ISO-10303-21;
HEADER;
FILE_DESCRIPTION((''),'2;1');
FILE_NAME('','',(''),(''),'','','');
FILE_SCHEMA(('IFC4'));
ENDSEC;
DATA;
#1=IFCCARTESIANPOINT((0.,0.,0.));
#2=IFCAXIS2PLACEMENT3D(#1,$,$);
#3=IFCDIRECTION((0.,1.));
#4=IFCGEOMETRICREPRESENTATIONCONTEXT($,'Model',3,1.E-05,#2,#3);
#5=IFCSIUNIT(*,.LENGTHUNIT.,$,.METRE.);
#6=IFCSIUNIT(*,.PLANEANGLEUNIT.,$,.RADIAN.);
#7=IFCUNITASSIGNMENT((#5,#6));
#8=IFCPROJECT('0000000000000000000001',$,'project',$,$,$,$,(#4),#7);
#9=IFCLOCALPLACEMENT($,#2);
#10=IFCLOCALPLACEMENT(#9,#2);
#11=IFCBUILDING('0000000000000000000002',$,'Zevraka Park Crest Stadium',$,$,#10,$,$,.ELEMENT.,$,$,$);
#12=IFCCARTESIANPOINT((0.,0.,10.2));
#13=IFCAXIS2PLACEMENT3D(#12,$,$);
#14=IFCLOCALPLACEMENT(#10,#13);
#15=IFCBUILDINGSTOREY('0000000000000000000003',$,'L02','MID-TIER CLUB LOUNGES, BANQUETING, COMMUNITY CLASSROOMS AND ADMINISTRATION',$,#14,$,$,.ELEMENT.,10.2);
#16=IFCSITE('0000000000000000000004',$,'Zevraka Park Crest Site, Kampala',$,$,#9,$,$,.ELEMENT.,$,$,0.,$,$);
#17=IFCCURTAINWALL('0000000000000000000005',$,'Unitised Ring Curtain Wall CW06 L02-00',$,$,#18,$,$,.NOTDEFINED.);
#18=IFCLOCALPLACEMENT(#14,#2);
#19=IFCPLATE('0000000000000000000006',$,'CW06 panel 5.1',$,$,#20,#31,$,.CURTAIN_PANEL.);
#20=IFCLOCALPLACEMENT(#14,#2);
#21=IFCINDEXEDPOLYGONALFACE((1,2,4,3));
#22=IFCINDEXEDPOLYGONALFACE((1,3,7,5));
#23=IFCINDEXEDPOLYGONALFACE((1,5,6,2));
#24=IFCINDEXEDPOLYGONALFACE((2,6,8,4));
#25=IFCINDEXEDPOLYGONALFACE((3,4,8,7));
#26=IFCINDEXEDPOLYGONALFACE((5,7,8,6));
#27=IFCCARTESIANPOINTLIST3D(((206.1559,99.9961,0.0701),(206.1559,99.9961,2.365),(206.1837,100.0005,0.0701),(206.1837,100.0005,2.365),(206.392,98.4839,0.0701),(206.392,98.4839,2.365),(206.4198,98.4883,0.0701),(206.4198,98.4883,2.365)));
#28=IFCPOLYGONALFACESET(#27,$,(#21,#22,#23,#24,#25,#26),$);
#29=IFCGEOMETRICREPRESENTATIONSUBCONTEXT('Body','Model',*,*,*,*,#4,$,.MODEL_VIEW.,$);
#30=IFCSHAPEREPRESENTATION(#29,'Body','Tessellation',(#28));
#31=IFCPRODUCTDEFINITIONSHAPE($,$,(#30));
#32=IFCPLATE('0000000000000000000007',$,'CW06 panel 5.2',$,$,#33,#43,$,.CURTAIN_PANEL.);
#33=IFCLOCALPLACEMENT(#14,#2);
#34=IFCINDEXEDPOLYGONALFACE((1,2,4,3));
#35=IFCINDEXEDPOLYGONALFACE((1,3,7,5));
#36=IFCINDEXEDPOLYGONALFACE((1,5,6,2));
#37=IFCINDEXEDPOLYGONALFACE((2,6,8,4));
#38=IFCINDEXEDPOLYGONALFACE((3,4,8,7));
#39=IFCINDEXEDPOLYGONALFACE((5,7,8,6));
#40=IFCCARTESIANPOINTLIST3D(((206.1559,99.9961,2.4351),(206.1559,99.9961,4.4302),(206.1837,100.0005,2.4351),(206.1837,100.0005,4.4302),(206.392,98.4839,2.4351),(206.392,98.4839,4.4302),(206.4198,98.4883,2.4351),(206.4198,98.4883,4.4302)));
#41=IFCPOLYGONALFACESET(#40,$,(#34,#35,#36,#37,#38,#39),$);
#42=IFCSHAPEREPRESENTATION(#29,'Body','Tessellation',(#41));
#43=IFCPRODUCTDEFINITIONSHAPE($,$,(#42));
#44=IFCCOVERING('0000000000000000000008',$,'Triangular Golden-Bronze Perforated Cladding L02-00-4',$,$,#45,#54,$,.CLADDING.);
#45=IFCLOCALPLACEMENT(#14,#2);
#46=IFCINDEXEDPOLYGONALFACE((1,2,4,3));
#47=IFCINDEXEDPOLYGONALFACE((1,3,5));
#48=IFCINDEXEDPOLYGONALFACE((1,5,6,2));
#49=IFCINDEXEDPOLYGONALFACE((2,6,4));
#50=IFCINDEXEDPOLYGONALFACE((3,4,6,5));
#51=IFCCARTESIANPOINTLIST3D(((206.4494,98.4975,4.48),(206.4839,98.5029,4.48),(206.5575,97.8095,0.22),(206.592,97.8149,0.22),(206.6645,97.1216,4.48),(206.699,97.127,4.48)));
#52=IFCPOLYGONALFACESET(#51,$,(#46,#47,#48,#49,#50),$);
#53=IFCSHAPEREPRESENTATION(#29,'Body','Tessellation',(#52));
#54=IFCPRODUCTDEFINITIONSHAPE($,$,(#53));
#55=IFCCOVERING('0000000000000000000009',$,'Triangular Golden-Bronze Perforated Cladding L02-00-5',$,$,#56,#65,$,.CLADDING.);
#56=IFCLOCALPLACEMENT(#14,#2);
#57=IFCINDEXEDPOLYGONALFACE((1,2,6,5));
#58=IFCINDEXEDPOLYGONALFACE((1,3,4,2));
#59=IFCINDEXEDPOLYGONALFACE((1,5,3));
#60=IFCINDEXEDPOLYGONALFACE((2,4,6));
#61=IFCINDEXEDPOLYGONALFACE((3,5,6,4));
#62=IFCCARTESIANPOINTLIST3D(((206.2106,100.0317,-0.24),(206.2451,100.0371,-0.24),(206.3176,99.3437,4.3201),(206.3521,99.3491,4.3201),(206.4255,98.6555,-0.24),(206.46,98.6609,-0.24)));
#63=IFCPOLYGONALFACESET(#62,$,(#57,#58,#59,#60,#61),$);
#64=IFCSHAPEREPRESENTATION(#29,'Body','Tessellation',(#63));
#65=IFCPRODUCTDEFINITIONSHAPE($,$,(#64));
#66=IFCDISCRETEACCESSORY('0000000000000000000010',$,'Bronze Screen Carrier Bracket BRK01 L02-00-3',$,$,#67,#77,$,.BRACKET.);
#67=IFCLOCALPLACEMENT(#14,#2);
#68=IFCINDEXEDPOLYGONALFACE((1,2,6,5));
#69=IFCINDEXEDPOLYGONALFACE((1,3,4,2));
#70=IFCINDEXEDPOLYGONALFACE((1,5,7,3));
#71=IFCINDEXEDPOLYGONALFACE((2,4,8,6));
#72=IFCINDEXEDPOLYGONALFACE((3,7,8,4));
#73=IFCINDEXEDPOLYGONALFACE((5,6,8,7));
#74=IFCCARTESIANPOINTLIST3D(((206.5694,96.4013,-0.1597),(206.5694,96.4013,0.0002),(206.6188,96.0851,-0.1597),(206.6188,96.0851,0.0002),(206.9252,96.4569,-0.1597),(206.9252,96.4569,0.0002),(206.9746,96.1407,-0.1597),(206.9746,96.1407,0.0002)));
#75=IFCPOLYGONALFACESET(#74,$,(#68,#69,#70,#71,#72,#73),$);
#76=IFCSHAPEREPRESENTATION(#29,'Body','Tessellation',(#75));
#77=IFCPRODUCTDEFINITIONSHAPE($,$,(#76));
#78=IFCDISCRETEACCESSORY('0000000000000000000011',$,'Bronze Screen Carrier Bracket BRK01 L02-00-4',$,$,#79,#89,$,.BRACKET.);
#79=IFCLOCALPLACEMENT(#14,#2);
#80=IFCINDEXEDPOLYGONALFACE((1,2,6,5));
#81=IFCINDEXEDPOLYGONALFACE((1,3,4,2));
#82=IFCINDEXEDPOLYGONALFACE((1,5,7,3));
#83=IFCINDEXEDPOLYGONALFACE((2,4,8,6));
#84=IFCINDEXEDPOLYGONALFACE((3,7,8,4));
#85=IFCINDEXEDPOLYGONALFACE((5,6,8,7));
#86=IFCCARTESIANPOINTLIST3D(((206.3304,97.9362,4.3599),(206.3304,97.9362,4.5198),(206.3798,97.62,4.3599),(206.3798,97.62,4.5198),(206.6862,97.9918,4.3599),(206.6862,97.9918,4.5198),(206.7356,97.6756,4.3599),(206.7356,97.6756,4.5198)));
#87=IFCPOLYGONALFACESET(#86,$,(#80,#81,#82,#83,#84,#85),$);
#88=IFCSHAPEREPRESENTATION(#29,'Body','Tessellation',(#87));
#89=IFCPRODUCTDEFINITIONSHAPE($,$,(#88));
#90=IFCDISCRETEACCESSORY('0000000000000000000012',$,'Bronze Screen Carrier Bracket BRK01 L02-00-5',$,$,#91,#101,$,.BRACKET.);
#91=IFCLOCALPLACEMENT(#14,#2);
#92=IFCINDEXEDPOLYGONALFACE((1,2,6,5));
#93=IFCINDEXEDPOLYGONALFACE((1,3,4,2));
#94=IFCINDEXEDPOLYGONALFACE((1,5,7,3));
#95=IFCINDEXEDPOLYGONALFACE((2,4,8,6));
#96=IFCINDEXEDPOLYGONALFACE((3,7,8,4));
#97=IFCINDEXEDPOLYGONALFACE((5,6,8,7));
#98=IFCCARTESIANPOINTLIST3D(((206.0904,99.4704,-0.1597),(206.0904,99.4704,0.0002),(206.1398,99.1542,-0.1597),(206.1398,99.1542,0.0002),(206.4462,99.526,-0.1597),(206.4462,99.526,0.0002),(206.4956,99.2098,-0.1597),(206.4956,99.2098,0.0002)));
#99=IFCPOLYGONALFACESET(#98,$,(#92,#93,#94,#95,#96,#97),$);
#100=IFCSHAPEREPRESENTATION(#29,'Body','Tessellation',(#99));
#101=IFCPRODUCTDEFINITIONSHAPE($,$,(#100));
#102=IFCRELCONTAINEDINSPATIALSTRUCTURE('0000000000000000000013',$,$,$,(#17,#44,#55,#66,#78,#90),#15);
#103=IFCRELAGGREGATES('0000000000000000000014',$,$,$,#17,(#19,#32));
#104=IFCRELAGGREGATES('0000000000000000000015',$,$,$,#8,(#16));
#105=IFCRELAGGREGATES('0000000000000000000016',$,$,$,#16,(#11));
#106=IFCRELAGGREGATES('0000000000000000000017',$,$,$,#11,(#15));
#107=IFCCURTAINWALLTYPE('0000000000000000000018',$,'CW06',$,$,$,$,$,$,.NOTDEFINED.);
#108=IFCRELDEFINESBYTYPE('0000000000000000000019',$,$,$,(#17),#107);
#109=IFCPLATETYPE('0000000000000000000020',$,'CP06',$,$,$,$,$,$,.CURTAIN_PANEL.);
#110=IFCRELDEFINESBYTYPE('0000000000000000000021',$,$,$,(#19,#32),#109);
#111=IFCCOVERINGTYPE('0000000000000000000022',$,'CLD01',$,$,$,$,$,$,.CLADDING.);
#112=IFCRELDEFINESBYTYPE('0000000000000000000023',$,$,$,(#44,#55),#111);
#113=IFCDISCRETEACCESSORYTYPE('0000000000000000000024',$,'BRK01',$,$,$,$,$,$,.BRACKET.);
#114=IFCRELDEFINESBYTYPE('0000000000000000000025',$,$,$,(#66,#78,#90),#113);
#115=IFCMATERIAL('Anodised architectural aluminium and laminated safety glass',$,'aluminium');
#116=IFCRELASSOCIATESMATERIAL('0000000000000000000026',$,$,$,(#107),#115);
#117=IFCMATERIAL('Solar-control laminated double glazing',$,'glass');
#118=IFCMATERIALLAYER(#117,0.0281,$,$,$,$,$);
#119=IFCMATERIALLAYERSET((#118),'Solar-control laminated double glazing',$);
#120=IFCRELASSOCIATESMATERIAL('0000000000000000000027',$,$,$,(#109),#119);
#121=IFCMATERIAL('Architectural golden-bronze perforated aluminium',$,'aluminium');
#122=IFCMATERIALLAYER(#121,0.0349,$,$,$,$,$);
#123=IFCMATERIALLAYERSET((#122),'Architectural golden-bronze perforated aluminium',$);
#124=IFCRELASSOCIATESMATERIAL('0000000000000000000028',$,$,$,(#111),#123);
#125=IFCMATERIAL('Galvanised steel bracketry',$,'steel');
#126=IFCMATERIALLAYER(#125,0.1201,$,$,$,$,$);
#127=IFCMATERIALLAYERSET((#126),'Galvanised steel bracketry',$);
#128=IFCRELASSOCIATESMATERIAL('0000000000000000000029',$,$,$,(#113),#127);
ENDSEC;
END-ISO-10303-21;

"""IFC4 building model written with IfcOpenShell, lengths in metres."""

from ifc_helpers import new_model, si_unit, direction, frame, origin, origin_2d, place, context, subcontext, project, spatial, polyline, rectangle, outline, extrude, material, layer, layer_set, type_object, element, aggregate, save


model = new_model("IFC4")

# Units and contexts
model_context = context("Model", 3, precision=1e-05, world=origin(), true_north=direction((0.0, 1.0)))
body_context = subcontext(model_context, "Body", "Model", "MODEL_VIEW")
ifc_project = project(units=[si_unit("LENGTHUNIT", "METRE"), si_unit("PLANEANGLEUNIT", "RADIAN")], contexts=[model_context])

# Site, building, storey
site_placement = place(None, origin())
site = spatial("IfcSite", under=ifc_project, at=site_placement, Name="Zevraka Park Crest Site, Kampala", CompositionType="ELEMENT", RefElevation=0.0)
building_placement = place(site_placement, origin())
building = spatial("IfcBuilding", under=site, at=building_placement, Name="Zevraka Park Crest Stadium", CompositionType="ELEMENT")
storey_placement = place(building_placement, frame((0.0, 0.0, 10.2)))
storey = spatial("IfcBuildingStorey", under=building, at=storey_placement, Name="L02", Description="MID-TIER CLUB LOUNGES, BANQUETING, COMMUNITY CLASSROOMS AND ADMINISTRATION", CompositionType="ELEMENT", Elevation=10.2)

# Curtain wall, plates
ifc_material_1 = material(Name="Anodised architectural aluminium and laminated safety glass", Category="aluminium")
curtain_wall_type = type_object("IfcCurtainWallType", Name="CW06", PredefinedType="NOTDEFINED", material=ifc_material_1)
curtain_wall_placement = place(storey_placement, origin())
curtain_wall = element("IfcCurtainWall", 1, at=curtain_wall_placement, inside=storey, type_object=curtain_wall_type, Name="Unitised Ring Curtain Wall CW06 L02-00", PredefinedType="NOTDEFINED")
ifc_material_2 = material(Name="Solar-control laminated double glazing", Category="glass")
ifc_layer_1 = layer(ifc_material_2, 0.0281)
ifc_layer_set_1 = layer_set([ifc_layer_1], Name="Solar-control laminated double glazing")
plate_type = type_object("IfcPlateType", Name="CP06", PredefinedType="CURTAIN_PANEL", material=ifc_layer_set_1)
plate_1_placement = place(storey_placement, frame((206.2878, 99.2422, 0.0701), z_axis=(0.0, 0.0, 1.0), x_axis=(-0.154274, 0.988028, 0.0)))
plate_1 = element("IfcPlate", 2, at=plate_1_placement, type_object=plate_type, Name="CW06 panel 5.1", PredefinedType="CURTAIN_PANEL", context=body_context, shape_type="SweptSolid", body=[
    extrude(rectangle(XDim=1.5305, YDim=0.0281, at=origin_2d()), origin(), (0.0, 0.0, 1.0), 2.2949),
])
plate_2_placement = place(storey_placement, frame((206.2878, 99.2422, 2.4351), z_axis=(0.0, 0.0, 1.0), x_axis=(-0.154274, 0.988028, 0.0)))
plate_2 = element("IfcPlate", 3, at=plate_2_placement, type_object=plate_type, Name="CW06 panel 5.2", PredefinedType="CURTAIN_PANEL", context=body_context, shape_type="SweptSolid", body=[
    extrude(rectangle(XDim=1.5305, YDim=0.0281, at=origin_2d()), origin(), (0.0, 0.0, 1.0), 1.9951),
])
aggregate(curtain_wall, [plate_1, plate_2])

# Coverings
ifc_material_3 = material(Name="Architectural golden-bronze perforated aluminium", Category="aluminium")
ifc_layer_2 = layer(ifc_material_3, 0.0349)
ifc_layer_set_2 = layer_set([ifc_layer_2], Name="Architectural golden-bronze perforated aluminium")
covering_type = type_object("IfcCoveringType", Name="CLD01", PredefinedType="CLADDING", material=ifc_layer_set_2)
covering_1_placement = place(storey_placement, frame((206.4839, 98.5029, 4.48), z_axis=(0.988002, 0.154441, 0.000142), x_axis=(0.154441, -0.988002, 0.0)))
element("IfcCovering", 4, at=covering_1_placement, inside=storey, type_object=covering_type, Name="Triangular Golden-Bronze Perforated Cladding L02-00-4", PredefinedType="CLADDING", context=body_context, shape_type="SweptSolid", body=[
    extrude(outline(polyline([(0.0, 0.0), (1.3927, 0.0), (0.6964, 4.26), (0.0, 0.0)])), origin(), (0.0, 0.0, -1.0), 0.0349),
])
covering_2_placement = place(storey_placement, frame((206.46, 98.6609, -0.24), z_axis=(0.988033, 0.154243, 0.000102), x_axis=(-0.154243, 0.988033, 0.0)))
element("IfcCovering", 5, at=covering_2_placement, inside=storey, type_object=covering_type, Name="Triangular Golden-Bronze Perforated Cladding L02-00-5", PredefinedType="CLADDING", context=body_context, shape_type="SweptSolid", body=[
    extrude(outline(polyline([(0.0, 0.0), (1.3929, 0.0), (0.6966, 4.5601), (0.0, 0.0)])), origin(), (0.0, 0.0, -1.0), 0.0349),
])

# Discrete accessories
ifc_material_4 = material(Name="Galvanised steel bracketry", Category="steel")
ifc_layer_3 = layer(ifc_material_4, 0.1201)
ifc_layer_set_3 = layer_set([ifc_layer_3], Name="Galvanised steel bracketry")
discrete_accessory_type = type_object("IfcDiscreteAccessoryType", Name="BRK01", PredefinedType="BRACKET", material=ifc_layer_set_3)
for number, where, z_axis, x_axis, name in (
    (6, (206.772, 96.271, -0.1597), (0.0, 0.0, 1.0), (-0.154366, 0.988014, 0.0), "Bronze Screen Carrier Bracket BRK01 L02-00-3"),
    (7, (206.533, 97.8059, 4.3599), (0.0, 0.0, 1.0), (-0.154366, 0.988014, 0.0), "Bronze Screen Carrier Bracket BRK01 L02-00-4"),
    (8, (206.293, 99.3401, -0.1597), (0.0, 0.0, 1.0), (-0.154366, 0.988014, 0.0), "Bronze Screen Carrier Bracket BRK01 L02-00-5"),
):
    element("IfcDiscreteAccessory", number, at=place(storey_placement, frame(where, z_axis=z_axis, x_axis=x_axis)), inside=storey, type_object=discrete_accessory_type, Name=name, PredefinedType="BRACKET", context=body_context, shape_type="SweptSolid", body=[
        extrude(rectangle(XDim=0.3201, YDim=0.3601, at=origin_2d()), origin(), (0.0, 0.0, 1.0), 0.1599),
    ])

save(model, "model.ifc")
